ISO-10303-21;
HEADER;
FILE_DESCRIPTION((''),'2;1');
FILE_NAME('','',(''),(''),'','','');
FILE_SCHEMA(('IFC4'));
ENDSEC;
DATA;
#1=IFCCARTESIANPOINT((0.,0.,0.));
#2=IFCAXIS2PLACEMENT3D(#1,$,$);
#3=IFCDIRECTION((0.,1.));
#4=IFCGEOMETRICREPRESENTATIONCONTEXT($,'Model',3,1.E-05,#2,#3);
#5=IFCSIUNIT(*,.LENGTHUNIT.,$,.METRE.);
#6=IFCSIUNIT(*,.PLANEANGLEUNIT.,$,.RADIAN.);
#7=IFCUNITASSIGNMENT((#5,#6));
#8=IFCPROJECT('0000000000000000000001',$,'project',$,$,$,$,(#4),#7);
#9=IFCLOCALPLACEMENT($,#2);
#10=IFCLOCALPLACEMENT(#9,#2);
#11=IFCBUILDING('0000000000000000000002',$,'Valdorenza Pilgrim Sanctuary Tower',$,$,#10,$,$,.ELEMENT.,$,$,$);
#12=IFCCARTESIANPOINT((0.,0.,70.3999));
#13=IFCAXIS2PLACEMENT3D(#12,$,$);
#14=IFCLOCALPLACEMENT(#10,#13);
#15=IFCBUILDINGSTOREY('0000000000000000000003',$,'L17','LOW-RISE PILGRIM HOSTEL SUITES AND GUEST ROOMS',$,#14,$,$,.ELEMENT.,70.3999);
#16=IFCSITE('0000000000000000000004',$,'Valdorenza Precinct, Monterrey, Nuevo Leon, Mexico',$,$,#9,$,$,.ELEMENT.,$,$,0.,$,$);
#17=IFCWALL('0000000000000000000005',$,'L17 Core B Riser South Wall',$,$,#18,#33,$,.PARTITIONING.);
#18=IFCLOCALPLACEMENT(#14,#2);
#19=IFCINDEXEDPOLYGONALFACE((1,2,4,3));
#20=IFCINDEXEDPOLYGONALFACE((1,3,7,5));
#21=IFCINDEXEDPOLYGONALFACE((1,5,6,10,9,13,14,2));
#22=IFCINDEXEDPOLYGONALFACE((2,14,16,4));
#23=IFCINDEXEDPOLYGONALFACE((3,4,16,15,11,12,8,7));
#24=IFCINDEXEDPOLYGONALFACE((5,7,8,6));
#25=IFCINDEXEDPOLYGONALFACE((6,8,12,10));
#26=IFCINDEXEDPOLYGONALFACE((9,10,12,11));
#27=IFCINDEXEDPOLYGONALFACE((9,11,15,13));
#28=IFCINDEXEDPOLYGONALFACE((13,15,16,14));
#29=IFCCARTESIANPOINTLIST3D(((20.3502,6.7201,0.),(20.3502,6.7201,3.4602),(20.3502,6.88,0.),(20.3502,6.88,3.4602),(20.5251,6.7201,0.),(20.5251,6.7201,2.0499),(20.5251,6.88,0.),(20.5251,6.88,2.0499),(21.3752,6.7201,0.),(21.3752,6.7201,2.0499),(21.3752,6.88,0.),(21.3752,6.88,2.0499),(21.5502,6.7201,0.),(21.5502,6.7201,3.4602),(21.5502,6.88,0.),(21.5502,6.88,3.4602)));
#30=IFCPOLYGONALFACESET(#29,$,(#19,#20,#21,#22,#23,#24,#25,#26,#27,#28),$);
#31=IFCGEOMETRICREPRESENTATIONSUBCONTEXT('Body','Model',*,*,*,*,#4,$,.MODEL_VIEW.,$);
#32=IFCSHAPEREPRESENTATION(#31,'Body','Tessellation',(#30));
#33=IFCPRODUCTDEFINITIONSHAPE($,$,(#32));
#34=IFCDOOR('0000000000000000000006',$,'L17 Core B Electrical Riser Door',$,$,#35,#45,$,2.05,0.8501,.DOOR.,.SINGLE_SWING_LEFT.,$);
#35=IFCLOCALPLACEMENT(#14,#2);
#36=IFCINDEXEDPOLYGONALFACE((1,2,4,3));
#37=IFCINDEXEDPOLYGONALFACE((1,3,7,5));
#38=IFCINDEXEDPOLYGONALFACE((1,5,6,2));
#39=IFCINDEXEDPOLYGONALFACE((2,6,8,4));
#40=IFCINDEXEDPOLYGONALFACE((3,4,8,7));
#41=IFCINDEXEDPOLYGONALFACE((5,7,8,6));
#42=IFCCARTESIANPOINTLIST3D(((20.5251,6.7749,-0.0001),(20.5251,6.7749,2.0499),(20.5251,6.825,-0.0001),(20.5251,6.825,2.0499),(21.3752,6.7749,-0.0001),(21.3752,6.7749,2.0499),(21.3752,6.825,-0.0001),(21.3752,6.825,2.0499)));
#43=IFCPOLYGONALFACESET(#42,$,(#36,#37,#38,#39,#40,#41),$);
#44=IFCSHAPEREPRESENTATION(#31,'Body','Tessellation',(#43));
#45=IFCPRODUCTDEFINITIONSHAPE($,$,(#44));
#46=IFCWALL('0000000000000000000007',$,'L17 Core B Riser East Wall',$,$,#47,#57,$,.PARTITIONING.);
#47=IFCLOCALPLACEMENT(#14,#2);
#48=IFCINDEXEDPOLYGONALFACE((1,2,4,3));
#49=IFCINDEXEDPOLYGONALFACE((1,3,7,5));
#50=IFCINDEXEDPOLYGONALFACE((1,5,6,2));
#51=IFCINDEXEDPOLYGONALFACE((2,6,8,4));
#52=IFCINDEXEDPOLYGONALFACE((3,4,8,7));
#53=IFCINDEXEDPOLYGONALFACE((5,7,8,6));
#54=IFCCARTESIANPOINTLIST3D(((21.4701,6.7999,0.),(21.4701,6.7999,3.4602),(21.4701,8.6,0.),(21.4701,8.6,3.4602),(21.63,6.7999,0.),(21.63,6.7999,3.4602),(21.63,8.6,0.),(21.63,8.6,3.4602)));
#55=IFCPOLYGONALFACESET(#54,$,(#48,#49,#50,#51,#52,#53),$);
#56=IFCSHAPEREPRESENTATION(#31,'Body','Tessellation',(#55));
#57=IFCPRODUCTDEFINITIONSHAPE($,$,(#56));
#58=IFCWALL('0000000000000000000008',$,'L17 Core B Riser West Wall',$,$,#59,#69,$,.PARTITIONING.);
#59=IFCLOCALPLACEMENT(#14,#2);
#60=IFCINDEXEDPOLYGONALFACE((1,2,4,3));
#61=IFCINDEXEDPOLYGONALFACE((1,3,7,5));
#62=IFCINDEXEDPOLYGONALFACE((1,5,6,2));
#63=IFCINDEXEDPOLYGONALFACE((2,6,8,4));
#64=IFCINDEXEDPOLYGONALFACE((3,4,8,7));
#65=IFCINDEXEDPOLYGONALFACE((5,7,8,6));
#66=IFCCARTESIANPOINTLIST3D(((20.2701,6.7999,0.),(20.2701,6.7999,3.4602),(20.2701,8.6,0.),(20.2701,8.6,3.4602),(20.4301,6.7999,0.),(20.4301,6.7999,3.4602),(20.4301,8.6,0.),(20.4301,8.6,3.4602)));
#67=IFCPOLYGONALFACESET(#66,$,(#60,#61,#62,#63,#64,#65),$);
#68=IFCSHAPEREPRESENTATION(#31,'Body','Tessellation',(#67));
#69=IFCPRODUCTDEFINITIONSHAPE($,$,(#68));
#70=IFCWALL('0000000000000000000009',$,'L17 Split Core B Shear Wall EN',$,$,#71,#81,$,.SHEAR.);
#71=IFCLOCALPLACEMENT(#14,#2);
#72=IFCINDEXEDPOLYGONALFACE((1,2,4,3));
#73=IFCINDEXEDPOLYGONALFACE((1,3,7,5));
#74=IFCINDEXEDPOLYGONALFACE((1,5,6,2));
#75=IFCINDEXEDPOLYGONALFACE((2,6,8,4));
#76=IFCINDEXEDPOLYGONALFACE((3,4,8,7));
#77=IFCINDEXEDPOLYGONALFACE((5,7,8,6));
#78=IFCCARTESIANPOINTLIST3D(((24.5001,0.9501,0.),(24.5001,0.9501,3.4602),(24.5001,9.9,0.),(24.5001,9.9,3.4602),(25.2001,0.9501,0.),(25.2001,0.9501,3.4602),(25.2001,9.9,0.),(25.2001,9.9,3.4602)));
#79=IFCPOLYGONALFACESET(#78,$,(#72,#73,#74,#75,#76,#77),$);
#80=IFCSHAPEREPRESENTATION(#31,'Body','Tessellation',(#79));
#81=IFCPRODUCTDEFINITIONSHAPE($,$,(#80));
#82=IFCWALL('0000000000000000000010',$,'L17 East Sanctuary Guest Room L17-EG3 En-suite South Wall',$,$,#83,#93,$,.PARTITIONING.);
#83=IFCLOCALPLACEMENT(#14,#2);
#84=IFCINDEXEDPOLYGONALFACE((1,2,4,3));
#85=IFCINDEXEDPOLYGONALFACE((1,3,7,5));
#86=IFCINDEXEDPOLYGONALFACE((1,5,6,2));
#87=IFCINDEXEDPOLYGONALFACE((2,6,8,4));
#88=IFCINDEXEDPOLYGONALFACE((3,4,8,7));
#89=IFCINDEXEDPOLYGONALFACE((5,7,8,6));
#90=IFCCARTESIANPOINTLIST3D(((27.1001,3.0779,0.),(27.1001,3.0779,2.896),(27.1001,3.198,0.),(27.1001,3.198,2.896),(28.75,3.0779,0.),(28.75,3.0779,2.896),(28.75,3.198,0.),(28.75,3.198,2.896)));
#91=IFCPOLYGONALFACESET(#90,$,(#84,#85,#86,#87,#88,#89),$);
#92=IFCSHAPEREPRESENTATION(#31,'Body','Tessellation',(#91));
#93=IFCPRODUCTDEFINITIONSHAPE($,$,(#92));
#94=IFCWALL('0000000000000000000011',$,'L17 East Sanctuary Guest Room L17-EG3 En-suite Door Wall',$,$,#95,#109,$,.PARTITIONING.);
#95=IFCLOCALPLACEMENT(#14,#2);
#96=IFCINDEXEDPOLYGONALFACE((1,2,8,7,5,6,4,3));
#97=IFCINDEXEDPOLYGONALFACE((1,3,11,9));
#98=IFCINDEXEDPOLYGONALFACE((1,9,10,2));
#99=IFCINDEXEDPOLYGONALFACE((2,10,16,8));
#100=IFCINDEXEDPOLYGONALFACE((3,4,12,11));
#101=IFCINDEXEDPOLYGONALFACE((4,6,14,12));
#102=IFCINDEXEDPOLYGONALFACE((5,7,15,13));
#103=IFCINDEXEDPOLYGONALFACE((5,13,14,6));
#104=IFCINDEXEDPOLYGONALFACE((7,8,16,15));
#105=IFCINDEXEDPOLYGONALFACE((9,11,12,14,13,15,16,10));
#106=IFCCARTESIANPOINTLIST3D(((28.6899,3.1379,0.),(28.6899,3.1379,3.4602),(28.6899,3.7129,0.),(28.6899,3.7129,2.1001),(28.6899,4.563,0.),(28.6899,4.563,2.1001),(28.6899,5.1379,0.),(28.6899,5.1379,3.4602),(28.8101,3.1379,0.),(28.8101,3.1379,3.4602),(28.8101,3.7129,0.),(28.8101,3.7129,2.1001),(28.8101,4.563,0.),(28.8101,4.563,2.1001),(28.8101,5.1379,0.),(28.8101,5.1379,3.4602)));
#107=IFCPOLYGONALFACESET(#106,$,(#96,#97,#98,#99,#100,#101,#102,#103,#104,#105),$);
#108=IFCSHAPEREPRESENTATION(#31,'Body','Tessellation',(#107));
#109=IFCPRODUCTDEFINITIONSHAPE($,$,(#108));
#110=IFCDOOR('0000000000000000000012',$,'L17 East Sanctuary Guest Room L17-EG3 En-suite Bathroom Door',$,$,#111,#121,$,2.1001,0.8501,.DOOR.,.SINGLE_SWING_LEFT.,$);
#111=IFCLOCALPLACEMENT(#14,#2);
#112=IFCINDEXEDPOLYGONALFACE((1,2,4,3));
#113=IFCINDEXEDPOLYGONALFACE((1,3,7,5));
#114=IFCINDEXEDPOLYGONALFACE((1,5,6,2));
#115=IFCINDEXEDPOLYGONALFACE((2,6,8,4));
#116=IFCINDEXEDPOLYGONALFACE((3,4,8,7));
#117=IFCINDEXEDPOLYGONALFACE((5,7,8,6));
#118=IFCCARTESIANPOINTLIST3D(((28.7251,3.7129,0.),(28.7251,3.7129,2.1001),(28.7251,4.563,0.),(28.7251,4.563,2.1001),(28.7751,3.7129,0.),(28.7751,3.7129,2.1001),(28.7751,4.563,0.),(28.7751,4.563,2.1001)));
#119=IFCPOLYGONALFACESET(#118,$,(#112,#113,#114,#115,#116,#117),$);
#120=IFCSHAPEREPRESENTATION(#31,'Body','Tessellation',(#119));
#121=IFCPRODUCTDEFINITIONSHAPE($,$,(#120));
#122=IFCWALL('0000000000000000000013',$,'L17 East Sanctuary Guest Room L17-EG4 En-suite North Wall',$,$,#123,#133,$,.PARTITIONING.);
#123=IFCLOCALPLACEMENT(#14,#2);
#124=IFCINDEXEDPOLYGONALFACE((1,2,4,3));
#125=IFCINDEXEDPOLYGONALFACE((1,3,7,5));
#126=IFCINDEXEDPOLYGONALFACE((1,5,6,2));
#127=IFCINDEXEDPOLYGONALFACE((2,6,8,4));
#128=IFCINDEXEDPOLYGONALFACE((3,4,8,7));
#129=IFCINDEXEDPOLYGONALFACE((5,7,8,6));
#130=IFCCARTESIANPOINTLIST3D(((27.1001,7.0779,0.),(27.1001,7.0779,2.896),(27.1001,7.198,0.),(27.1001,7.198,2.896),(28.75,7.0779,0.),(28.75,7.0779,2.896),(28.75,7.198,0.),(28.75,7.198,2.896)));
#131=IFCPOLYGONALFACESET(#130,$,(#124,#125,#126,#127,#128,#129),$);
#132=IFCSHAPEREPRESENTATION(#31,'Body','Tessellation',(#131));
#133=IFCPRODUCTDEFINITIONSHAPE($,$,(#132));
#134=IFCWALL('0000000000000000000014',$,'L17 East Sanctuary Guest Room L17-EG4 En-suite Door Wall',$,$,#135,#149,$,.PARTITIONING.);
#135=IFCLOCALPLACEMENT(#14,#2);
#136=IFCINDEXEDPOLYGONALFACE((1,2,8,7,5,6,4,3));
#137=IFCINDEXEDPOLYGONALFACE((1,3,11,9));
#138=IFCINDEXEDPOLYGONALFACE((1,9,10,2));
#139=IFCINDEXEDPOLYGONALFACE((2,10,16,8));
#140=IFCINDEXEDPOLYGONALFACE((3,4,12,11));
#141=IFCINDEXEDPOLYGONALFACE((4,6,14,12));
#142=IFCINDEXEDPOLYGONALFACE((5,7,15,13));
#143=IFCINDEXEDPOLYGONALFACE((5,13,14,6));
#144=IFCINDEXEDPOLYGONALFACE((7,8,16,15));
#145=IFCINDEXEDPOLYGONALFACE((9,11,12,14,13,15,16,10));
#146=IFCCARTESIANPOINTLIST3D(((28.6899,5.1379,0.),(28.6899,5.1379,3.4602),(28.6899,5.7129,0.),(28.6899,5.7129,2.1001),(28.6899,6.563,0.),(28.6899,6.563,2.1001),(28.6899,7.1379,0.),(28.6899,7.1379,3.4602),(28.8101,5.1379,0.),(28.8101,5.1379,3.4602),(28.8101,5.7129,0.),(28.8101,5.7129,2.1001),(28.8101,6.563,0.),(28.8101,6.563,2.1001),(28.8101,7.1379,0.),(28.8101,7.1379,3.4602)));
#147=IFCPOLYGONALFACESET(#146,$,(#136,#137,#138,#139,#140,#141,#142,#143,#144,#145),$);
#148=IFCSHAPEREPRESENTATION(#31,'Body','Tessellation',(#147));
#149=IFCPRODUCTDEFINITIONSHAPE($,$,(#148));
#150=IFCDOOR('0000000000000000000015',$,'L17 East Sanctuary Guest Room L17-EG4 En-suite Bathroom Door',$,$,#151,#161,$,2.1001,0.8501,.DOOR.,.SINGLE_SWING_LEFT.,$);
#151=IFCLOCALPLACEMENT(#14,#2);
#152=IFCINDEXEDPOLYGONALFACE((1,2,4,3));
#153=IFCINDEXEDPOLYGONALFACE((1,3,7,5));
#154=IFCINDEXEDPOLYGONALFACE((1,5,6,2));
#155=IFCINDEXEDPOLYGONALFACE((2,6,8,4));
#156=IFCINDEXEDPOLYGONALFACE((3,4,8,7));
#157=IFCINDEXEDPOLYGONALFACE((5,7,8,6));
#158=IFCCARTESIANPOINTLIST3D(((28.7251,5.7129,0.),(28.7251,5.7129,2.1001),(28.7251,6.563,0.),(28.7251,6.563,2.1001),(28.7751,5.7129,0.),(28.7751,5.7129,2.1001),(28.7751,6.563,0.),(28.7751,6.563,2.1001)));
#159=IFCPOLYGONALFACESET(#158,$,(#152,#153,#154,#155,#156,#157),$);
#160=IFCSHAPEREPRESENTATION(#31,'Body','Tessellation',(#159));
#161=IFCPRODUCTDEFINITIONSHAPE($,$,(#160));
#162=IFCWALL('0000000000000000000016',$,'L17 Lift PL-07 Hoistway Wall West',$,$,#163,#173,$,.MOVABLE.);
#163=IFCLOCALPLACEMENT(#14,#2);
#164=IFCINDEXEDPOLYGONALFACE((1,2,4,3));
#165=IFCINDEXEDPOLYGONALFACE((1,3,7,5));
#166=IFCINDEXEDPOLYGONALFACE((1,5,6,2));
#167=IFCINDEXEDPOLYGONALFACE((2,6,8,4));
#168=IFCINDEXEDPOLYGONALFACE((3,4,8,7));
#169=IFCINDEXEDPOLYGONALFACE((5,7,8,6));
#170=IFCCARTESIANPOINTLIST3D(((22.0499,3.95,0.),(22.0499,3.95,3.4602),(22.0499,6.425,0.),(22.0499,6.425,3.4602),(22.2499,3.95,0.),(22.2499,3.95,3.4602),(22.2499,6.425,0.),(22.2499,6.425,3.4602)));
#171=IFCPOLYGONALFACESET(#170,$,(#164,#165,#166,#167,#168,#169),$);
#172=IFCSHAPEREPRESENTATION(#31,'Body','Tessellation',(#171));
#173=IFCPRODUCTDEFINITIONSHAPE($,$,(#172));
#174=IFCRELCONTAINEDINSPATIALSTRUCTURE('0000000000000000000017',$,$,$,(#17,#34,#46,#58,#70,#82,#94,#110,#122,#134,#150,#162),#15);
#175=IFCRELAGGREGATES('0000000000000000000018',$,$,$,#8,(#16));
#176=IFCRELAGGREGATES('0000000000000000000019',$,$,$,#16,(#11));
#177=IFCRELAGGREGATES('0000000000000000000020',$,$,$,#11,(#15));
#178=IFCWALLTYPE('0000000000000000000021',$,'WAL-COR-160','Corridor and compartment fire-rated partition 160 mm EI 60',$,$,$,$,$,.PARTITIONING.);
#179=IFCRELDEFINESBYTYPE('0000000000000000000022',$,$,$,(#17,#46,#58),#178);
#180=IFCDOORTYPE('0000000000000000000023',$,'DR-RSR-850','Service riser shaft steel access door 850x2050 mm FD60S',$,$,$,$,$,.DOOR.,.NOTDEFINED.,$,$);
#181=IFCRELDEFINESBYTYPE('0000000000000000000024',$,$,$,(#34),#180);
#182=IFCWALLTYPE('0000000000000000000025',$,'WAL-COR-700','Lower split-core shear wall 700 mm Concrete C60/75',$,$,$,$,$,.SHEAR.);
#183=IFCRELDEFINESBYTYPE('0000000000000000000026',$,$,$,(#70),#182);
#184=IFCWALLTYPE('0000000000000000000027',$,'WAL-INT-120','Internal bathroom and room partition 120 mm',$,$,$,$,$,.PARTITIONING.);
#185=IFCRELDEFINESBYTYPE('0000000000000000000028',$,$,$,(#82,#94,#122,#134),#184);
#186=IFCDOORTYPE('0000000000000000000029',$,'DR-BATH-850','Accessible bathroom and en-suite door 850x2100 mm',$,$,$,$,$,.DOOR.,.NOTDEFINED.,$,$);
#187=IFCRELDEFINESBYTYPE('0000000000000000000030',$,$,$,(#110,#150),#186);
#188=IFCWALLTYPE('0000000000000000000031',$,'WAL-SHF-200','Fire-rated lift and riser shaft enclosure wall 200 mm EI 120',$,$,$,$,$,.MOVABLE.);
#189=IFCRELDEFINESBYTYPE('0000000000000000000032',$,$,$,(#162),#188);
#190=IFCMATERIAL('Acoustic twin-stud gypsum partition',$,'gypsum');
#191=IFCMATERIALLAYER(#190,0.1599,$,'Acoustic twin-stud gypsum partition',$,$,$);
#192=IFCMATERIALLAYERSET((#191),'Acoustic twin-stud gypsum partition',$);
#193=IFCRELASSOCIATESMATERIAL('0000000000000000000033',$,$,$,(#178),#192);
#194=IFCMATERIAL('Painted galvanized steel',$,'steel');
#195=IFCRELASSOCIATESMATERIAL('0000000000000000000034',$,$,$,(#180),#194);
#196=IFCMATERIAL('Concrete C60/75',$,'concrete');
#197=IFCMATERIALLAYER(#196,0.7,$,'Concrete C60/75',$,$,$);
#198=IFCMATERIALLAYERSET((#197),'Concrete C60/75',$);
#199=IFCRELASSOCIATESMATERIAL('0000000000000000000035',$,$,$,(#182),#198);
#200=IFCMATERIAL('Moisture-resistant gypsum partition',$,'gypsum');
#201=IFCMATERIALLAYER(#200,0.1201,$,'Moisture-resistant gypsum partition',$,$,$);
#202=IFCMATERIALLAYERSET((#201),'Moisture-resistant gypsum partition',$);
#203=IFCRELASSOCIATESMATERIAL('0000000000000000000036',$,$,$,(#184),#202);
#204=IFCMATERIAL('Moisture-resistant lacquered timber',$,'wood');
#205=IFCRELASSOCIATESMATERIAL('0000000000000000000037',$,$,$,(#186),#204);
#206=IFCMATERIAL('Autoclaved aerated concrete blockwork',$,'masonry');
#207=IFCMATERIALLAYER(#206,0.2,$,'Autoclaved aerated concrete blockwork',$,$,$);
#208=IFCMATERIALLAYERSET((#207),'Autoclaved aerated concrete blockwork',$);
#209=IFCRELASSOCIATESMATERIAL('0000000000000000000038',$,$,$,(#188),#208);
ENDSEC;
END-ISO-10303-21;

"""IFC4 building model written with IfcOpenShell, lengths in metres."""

from ifc_helpers import new_model, si_unit, direction, frame, frame_2d, origin, place, context, subcontext, project, spatial, rectangle, extrude, material, layer, layer_set, type_object, element, fill, save


model = new_model("IFC4")

# Units and contexts
model_context = context("Model", 3, precision=1e-05, world=origin(), true_north=direction((0.0, 1.0)))
body_context = subcontext(model_context, "Body", "Model", "MODEL_VIEW")
ifc_project = project(units=[si_unit("LENGTHUNIT", "METRE"), si_unit("PLANEANGLEUNIT", "RADIAN")], contexts=[model_context])

# Site, building, storey
site_placement = place(None, origin())
site = spatial("IfcSite", under=ifc_project, at=site_placement, Name="Valdorenza Precinct, Monterrey, Nuevo Leon, Mexico", CompositionType="ELEMENT", RefElevation=0.0)
building_placement = place(site_placement, origin())
building = spatial("IfcBuilding", under=site, at=building_placement, Name="Valdorenza Pilgrim Sanctuary Tower", CompositionType="ELEMENT")
storey_placement = place(building_placement, frame((0.0, 0.0, 70.3999)))
storey = spatial("IfcBuildingStorey", under=building, at=storey_placement, Name="L17", Description="LOW-RISE PILGRIM HOSTEL SUITES AND GUEST ROOMS", CompositionType="ELEMENT", Elevation=70.3999)

# Wall, opening, door
ifc_material_1 = material(Name="Acoustic twin-stud gypsum partition", Category="gypsum")
ifc_layer_1 = layer(ifc_material_1, 0.1599, Name="Acoustic twin-stud gypsum partition")
ifc_layer_set_1 = layer_set([ifc_layer_1], Name="Acoustic twin-stud gypsum partition")
wall_type_1 = type_object("IfcWallType", Name="WAL-COR-160", Description="Corridor and compartment fire-rated partition 160 mm EI 60", PredefinedType="PARTITIONING", material=ifc_layer_set_1)
wall_1_placement = place(storey_placement, frame((20.3501, 6.8, 0.0), z_axis=(0.0, 0.0, 1.0), x_axis=(1.0, 0.0, 0.0)))
wall_1 = element("IfcWall", 1, at=wall_1_placement, inside=storey, type_object=wall_type_1, Name="L17 Core B Riser South Wall", PredefinedType="PARTITIONING", context=body_context, shape_type="SweptSolid", body=[
    extrude(rectangle(XDim=1.2, YDim=0.1599, at=frame_2d((0.6001, 0.0))), origin(), (0.0, 0.0, 1.0), 3.4602),
])
opening_1_placement = place(wall_1_placement, frame((0.175, 0.0, 0.0)))
opening_1 = element("IfcOpeningElement", 2, at=opening_1_placement, cuts=wall_1, PredefinedType="OPENING", context=body_context, shape_type="SweptSolid", body=[
    extrude(rectangle(XDim=0.8501, YDim=2.05, at=frame_2d((0.425, 1.0249))), frame((0.0, 0.0947, 0.0), z_axis=(0.0, -1.0, 0.0), x_axis=(1.0, 0.0, 0.0)), (0.0, 0.0, 1.0), 0.1897),
])
ifc_material_2 = material(Name="Painted galvanized steel", Category="steel")
door_type_1 = type_object("IfcDoorType", Name="DR-RSR-850", Description="Service riser shaft steel access door 850x2050 mm FD60S", OperationType="NOTDEFINED", PredefinedType="DOOR", material=ifc_material_2)
door_1_placement = place(opening_1_placement, origin())
door_1 = element("IfcDoor", 3, at=door_1_placement, inside=storey, type_object=door_type_1, Name="L17 Core B Electrical Riser Door", OperationType="SINGLE_SWING_LEFT", OverallHeight=2.05, OverallWidth=0.8501, PredefinedType="DOOR", context=body_context, shape_type="SweptSolid", body=[
    extrude(rectangle(XDim=0.8501, YDim=2.05, at=frame_2d((0.425, 1.0249))), frame((0.0, 0.0249, 0.0), z_axis=(0.0, -1.0, 0.0), x_axis=(1.0, 0.0, 0.0)), (0.0, 0.0, 1.0), 0.05),
])
fill(opening_1, door_1)

# Walls
for number, where, z_axis, x_axis, name in (
    (4, (21.55, 6.8, 0.0), (0.0, 0.0, 1.0), (0.0, 1.0, 0.0), "L17 Core B Riser East Wall"),
    (5, (20.3501, 6.8, 0.0), (0.0, 0.0, 1.0), (0.0, 1.0, 0.0), "L17 Core B Riser West Wall"),
):
    element("IfcWall", number, at=place(storey_placement, frame(where, z_axis=z_axis, x_axis=x_axis)), inside=storey, type_object=wall_type_1, Name=name, PredefinedType="PARTITIONING", context=body_context, shape_type="SweptSolid", body=[
        extrude(rectangle(XDim=1.8, YDim=0.1599, at=frame_2d((0.8999, 0.0))), origin(), (0.0, 0.0, 1.0), 3.4602),
    ])
ifc_material_3 = material(Name="Concrete C60/75", Category="concrete")
ifc_layer_2 = layer(ifc_material_3, 0.7, Name="Concrete C60/75")
ifc_layer_set_2 = layer_set([ifc_layer_2], Name="Concrete C60/75")
wall_type_2 = type_object("IfcWallType", Name="WAL-COR-700", Description="Lower split-core shear wall 700 mm Concrete C60/75", PredefinedType="SHEAR", material=ifc_layer_set_2)
wall_2_placement = place(storey_placement, frame((24.8501, 0.95, 0.0), z_axis=(0.0, 0.0, 1.0), x_axis=(0.0, 1.0, 0.0)))
element("IfcWall", 6, at=wall_2_placement, inside=storey, type_object=wall_type_2, Name="L17 Split Core B Shear Wall EN", PredefinedType="SHEAR", context=body_context, shape_type="SweptSolid", body=[
    extrude(rectangle(XDim=8.95, YDim=0.7, at=frame_2d((4.4751, 0.0))), origin(), (0.0, 0.0, 1.0), 3.4602),
])

# Wall
ifc_material_4 = material(Name="Moisture-resistant gypsum partition", Category="gypsum")
ifc_layer_3 = layer(ifc_material_4, 0.1201, Name="Moisture-resistant gypsum partition")
ifc_layer_set_3 = layer_set([ifc_layer_3], Name="Moisture-resistant gypsum partition")
wall_type_3 = type_object("IfcWallType", Name="WAL-INT-120", Description="Internal bathroom and room partition 120 mm", PredefinedType="PARTITIONING", material=ifc_layer_set_3)
wall_3_placement = place(storey_placement, frame((27.1001, 3.1379, 0.0), z_axis=(0.0, 0.0, 1.0), x_axis=(1.0, 0.0, 0.0)))
element("IfcWall", 7, at=wall_3_placement, inside=storey, type_object=wall_type_3, Name="L17 East Sanctuary Guest Room L17-EG3 En-suite South Wall", PredefinedType="PARTITIONING", context=body_context, shape_type="SweptSolid", body=[
    extrude(rectangle(XDim=1.6499, YDim=0.1201, at=frame_2d((0.825, 0.0))), origin(), (0.0, 0.0, 1.0), 2.896),
])

# Wall, opening, door
wall_4_placement = place(storey_placement, frame((28.75, 3.1379, 0.0), z_axis=(0.0, 0.0, 1.0), x_axis=(0.0, 1.0, 0.0)))
wall_4 = element("IfcWall", 8, at=wall_4_placement, inside=storey, type_object=wall_type_3, Name="L17 East Sanctuary Guest Room L17-EG3 En-suite Door Wall", PredefinedType="PARTITIONING", context=body_context, shape_type="SweptSolid", body=[
    extrude(rectangle(XDim=2.0, YDim=0.1201, at=frame_2d((1.0, 0.0))), origin(), (0.0, 0.0, 1.0), 3.4602),
])
opening_2_placement = place(wall_4_placement, frame((0.575, 0.0, 0.0)))
opening_2 = element("IfcOpeningElement", 9, at=opening_2_placement, cuts=wall_4, PredefinedType="OPENING", context=body_context, shape_type="SweptSolid", body=[
    extrude(rectangle(XDim=0.8501, YDim=2.1001, at=frame_2d((0.425, 1.05))), frame((0.0, 0.075, 0.0), z_axis=(0.0, -1.0, 0.0), x_axis=(1.0, 0.0, 0.0)), (0.0, 0.0, 1.0), 0.1499),
])
ifc_material_5 = material(Name="Moisture-resistant lacquered timber", Category="wood")
door_type_2 = type_object("IfcDoorType", Name="DR-BATH-850", Description="Accessible bathroom and en-suite door 850x2100 mm", OperationType="NOTDEFINED", PredefinedType="DOOR", material=ifc_material_5)
door_2_placement = place(opening_2_placement, origin())
door_2 = element("IfcDoor", 10, at=door_2_placement, inside=storey, type_object=door_type_2, Name="L17 East Sanctuary Guest Room L17-EG3 En-suite Bathroom Door", OperationType="SINGLE_SWING_LEFT", OverallHeight=2.1001, OverallWidth=0.8501, PredefinedType="DOOR", context=body_context, shape_type="SweptSolid", body=[
    extrude(rectangle(XDim=0.8501, YDim=2.1001, at=frame_2d((0.425, 1.05))), frame((0.0, 0.0249, 0.0), z_axis=(0.0, -1.0, 0.0), x_axis=(1.0, 0.0, 0.0)), (0.0, 0.0, 1.0), 0.05),
])
fill(opening_2, door_2)

# Wall
wall_5_placement = place(storey_placement, frame((27.1001, 7.1379, 0.0), z_axis=(0.0, 0.0, 1.0), x_axis=(1.0, 0.0, 0.0)))
element("IfcWall", 11, at=wall_5_placement, inside=storey, type_object=wall_type_3, Name="L17 East Sanctuary Guest Room L17-EG4 En-suite North Wall", PredefinedType="PARTITIONING", context=body_context, shape_type="SweptSolid", body=[
    extrude(rectangle(XDim=1.6499, YDim=0.1201, at=frame_2d((0.825, 0.0))), origin(), (0.0, 0.0, 1.0), 2.896),
])

# Wall, opening, door
wall_6_placement = place(storey_placement, frame((28.75, 5.1379, 0.0), z_axis=(0.0, 0.0, 1.0), x_axis=(0.0, 1.0, 0.0)))
wall_6 = element("IfcWall", 12, at=wall_6_placement, inside=storey, type_object=wall_type_3, Name="L17 East Sanctuary Guest Room L17-EG4 En-suite Door Wall", PredefinedType="PARTITIONING", context=body_context, shape_type="SweptSolid", body=[
    extrude(rectangle(XDim=2.0, YDim=0.1201, at=frame_2d((1.0, 0.0))), origin(), (0.0, 0.0, 1.0), 3.4602),
])
opening_3_placement = place(wall_6_placement, frame((0.575, 0.0, 0.0)))
opening_3 = element("IfcOpeningElement", 13, at=opening_3_placement, cuts=wall_6, PredefinedType="OPENING", context=body_context, shape_type="SweptSolid", body=[
    extrude(rectangle(XDim=0.8501, YDim=2.1001, at=frame_2d((0.425, 1.05))), frame((0.0, 0.075, 0.0), z_axis=(0.0, -1.0, 0.0), x_axis=(1.0, 0.0, 0.0)), (0.0, 0.0, 1.0), 0.1499),
])
door_3_placement = place(opening_3_placement, origin())
door_3 = element("IfcDoor", 14, at=door_3_placement, inside=storey, type_object=door_type_2, Name="L17 East Sanctuary Guest Room L17-EG4 En-suite Bathroom Door", OperationType="SINGLE_SWING_LEFT", OverallHeight=2.1001, OverallWidth=0.8501, PredefinedType="DOOR", context=body_context, shape_type="SweptSolid", body=[
    extrude(rectangle(XDim=0.8501, YDim=2.1001, at=frame_2d((0.425, 1.05))), frame((0.0, 0.0249, 0.0), z_axis=(0.0, -1.0, 0.0), x_axis=(1.0, 0.0, 0.0)), (0.0, 0.0, 1.0), 0.05),
])
fill(opening_3, door_3)

# Wall
ifc_material_6 = material(Name="Autoclaved aerated concrete blockwork", Category="masonry")
ifc_layer_4 = layer(ifc_material_6, 0.2, Name="Autoclaved aerated concrete blockwork")
ifc_layer_set_4 = layer_set([ifc_layer_4], Name="Autoclaved aerated concrete blockwork")
wall_type_4 = type_object("IfcWallType", Name="WAL-SHF-200", Description="Fire-rated lift and riser shaft enclosure wall 200 mm EI 120", PredefinedType="MOVABLE", material=ifc_layer_set_4)
wall_7_placement = place(storey_placement, frame((22.1499, 3.95, 0.0), z_axis=(0.0, 0.0, 1.0), x_axis=(0.0, 1.0, 0.0)))
element("IfcWall", 15, at=wall_7_placement, inside=storey, type_object=wall_type_4, Name="L17 Lift PL-07 Hoistway Wall West", PredefinedType="MOVABLE", context=body_context, shape_type="SweptSolid", body=[
    extrude(rectangle(XDim=2.4751, YDim=0.2, at=frame_2d((1.2375, 0.0))), origin(), (0.0, 0.0, 1.0), 3.4602),
])

save(model, "model.ifc")
